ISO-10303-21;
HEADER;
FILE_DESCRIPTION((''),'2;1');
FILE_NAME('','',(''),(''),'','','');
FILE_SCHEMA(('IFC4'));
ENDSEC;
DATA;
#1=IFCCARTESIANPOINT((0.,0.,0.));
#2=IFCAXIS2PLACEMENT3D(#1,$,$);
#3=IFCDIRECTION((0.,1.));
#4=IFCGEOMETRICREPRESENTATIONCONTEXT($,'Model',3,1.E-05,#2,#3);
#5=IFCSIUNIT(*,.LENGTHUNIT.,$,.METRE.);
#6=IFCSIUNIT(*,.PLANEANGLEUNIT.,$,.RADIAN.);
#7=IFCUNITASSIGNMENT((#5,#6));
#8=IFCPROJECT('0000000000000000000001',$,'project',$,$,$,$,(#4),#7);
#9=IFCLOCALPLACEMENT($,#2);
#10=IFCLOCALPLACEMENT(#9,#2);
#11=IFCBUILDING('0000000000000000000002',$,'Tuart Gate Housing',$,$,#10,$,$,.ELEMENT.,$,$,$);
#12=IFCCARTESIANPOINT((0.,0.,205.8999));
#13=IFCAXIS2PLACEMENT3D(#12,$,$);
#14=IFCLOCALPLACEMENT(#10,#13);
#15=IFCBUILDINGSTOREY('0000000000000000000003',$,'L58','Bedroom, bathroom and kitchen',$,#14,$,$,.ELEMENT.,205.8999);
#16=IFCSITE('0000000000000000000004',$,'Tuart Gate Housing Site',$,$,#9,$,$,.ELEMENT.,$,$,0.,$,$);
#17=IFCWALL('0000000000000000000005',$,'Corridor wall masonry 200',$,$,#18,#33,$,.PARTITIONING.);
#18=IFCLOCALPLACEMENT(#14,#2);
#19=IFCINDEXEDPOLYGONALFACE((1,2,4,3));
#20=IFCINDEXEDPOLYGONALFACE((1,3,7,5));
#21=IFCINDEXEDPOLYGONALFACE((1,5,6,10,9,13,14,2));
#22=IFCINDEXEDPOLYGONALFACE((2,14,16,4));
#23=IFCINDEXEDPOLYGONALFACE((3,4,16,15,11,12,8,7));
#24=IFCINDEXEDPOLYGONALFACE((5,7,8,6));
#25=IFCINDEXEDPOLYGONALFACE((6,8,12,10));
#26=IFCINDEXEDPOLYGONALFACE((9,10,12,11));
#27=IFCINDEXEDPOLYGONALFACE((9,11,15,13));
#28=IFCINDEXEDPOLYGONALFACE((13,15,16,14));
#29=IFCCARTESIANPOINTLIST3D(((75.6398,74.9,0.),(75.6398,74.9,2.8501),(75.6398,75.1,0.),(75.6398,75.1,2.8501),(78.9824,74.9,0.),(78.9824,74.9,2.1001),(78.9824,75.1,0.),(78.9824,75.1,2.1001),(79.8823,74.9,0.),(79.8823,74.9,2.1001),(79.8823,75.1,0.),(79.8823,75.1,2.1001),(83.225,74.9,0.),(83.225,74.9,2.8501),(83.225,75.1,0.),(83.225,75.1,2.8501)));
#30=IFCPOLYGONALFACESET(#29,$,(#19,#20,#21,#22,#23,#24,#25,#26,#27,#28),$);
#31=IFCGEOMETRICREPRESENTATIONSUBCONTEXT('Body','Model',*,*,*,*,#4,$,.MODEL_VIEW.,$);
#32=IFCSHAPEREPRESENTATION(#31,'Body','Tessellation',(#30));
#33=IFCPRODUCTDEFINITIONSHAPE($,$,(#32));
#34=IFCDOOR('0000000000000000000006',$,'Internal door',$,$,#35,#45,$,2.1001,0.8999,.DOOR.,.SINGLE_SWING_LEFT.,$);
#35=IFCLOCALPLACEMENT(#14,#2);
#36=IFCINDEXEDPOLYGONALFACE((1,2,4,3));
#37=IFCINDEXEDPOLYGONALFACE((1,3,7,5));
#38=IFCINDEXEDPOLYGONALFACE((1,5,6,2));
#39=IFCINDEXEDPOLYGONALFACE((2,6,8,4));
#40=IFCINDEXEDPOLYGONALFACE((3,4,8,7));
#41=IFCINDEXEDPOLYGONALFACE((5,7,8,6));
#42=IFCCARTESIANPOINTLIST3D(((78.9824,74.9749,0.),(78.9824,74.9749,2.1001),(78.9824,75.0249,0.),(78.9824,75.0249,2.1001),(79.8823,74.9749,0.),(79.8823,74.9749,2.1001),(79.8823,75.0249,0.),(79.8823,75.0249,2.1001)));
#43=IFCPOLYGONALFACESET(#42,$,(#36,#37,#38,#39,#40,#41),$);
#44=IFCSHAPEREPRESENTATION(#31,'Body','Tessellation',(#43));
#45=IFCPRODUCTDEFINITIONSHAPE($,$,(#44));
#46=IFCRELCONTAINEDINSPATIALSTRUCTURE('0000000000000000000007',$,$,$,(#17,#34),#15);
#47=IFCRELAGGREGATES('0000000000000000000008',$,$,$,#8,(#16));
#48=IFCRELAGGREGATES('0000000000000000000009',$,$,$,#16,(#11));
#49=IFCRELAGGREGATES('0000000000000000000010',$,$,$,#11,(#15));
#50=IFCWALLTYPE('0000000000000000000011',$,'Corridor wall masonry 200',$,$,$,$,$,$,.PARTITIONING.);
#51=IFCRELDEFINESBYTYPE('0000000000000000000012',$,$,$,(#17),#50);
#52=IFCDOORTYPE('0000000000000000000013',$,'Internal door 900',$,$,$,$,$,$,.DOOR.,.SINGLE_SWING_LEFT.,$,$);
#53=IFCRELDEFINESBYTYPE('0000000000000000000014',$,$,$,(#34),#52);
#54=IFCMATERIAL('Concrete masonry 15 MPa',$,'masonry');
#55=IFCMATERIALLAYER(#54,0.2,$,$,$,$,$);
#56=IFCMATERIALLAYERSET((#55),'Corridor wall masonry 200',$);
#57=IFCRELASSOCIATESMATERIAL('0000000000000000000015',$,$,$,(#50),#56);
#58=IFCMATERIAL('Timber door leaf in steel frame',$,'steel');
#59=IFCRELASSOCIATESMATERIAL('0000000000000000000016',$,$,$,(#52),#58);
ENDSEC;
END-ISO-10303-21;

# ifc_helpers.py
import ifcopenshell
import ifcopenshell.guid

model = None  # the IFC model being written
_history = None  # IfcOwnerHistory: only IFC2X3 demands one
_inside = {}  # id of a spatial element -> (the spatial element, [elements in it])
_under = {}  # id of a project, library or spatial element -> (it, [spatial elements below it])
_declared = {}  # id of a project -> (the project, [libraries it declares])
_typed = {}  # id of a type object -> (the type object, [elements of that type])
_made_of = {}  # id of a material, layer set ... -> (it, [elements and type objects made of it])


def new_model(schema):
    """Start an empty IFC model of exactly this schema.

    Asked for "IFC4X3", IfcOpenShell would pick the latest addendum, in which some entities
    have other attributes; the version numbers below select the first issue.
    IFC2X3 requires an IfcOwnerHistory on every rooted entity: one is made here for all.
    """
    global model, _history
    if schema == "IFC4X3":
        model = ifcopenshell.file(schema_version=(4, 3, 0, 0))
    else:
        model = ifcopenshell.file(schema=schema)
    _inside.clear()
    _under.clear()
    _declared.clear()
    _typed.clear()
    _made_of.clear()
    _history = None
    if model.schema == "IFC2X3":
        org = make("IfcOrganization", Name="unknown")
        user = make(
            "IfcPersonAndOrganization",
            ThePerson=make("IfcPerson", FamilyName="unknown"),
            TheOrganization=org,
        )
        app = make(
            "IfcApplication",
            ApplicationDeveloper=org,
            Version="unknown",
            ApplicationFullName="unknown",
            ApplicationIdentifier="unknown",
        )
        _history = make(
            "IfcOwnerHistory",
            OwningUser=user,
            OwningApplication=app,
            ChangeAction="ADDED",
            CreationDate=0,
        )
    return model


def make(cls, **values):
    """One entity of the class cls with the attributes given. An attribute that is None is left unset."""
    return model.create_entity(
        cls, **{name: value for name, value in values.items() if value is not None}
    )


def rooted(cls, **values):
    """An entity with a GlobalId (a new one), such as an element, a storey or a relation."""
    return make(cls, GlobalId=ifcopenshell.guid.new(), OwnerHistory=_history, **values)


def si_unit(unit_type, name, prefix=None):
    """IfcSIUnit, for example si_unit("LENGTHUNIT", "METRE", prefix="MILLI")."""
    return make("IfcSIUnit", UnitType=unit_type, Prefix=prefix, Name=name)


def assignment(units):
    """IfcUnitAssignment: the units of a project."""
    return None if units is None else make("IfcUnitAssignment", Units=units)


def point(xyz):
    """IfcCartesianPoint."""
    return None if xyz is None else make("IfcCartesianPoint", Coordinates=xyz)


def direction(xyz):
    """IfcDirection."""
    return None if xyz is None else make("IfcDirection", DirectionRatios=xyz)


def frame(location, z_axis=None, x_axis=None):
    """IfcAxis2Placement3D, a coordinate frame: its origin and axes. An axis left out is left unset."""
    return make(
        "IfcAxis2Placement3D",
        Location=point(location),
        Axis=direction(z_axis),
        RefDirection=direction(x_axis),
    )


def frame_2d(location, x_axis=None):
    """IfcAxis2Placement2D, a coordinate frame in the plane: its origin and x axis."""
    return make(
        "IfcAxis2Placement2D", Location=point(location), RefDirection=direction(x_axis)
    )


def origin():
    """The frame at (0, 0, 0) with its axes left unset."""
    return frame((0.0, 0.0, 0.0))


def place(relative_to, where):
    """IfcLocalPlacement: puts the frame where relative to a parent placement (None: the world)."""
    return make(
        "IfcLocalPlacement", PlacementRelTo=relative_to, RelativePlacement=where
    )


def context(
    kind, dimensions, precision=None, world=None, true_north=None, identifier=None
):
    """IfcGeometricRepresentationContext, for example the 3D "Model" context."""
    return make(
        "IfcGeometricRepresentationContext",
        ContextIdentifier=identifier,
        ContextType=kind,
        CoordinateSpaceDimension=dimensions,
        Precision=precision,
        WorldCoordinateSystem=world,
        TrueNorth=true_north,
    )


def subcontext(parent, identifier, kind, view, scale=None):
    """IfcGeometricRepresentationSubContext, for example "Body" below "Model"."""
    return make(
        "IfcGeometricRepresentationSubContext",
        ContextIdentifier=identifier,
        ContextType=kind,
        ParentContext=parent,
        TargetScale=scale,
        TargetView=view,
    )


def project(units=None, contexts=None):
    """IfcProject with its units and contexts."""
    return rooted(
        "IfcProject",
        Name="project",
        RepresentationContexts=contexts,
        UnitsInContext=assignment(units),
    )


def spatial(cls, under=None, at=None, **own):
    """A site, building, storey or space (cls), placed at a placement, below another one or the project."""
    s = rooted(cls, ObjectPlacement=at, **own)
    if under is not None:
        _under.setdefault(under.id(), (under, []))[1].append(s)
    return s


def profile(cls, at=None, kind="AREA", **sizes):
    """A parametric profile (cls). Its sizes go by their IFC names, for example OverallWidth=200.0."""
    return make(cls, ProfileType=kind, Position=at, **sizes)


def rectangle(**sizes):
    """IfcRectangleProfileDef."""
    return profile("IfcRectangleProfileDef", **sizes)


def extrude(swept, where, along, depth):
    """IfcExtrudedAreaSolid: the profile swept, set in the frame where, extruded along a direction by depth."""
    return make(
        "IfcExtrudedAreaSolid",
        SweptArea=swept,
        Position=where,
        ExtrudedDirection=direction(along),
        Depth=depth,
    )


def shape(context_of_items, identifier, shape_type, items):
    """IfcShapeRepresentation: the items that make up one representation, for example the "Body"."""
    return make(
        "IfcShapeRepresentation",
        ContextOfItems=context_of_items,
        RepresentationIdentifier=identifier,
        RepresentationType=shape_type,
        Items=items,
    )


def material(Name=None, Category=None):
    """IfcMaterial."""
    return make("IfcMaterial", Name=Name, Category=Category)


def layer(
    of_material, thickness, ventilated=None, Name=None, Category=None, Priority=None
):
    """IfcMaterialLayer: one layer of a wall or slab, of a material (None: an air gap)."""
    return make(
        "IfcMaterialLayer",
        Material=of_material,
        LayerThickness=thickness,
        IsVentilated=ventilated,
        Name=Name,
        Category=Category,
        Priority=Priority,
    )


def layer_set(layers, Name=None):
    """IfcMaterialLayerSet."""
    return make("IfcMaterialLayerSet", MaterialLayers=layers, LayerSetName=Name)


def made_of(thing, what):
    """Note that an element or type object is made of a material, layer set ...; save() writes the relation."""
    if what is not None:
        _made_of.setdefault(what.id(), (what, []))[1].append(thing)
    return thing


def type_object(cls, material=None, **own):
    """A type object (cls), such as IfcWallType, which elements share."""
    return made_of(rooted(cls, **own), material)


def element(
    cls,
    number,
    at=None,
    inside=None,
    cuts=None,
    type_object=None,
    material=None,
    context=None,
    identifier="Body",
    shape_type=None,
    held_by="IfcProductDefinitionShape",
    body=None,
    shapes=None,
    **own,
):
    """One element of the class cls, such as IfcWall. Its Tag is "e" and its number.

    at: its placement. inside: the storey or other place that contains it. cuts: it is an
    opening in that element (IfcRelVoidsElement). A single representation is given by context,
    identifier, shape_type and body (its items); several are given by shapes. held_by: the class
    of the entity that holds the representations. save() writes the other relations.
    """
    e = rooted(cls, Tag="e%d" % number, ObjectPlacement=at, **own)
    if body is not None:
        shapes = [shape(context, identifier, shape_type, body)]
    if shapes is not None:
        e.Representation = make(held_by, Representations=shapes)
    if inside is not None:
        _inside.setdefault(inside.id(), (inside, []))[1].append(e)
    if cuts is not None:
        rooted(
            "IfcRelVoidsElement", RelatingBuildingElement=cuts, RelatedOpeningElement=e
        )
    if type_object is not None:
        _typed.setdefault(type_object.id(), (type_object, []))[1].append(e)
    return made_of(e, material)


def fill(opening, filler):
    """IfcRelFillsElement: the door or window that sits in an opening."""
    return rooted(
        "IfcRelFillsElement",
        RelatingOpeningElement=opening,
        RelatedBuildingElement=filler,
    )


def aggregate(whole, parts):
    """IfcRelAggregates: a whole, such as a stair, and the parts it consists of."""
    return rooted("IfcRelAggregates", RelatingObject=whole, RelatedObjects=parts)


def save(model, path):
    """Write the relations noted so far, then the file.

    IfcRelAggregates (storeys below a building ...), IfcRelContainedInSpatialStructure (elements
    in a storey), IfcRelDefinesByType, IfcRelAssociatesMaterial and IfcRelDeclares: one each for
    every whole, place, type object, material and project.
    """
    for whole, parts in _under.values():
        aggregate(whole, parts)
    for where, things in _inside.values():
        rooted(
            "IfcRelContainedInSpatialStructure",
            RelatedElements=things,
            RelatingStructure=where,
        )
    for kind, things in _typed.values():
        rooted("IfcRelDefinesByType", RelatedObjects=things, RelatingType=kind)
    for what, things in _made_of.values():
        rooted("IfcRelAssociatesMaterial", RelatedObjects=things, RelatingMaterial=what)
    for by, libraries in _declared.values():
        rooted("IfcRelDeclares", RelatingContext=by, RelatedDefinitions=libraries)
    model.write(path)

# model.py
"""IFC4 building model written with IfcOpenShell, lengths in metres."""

from ifc_helpers import new_model, si_unit, direction, frame, frame_2d, origin, place, context, subcontext, project, spatial, rectangle, extrude, material, layer, layer_set, type_object, element, fill, save


model = new_model("IFC4")

# Units and contexts
model_context = context("Model", 3, precision=1e-05, world=origin(), true_north=direction((0.0, 1.0)))
body_context = subcontext(model_context, "Body", "Model", "MODEL_VIEW")
ifc_project = project(units=[si_unit("LENGTHUNIT", "METRE"), si_unit("PLANEANGLEUNIT", "RADIAN")], contexts=[model_context])

# Site, building, storey
site_placement = place(None, origin())
site = spatial("IfcSite", under=ifc_project, at=site_placement, Name="Tuart Gate Housing Site", CompositionType="ELEMENT", RefElevation=0.0)
building_placement = place(site_placement, origin())
building = spatial("IfcBuilding", under=site, at=building_placement, Name="Tuart Gate Housing", CompositionType="ELEMENT")
storey_placement = place(building_placement, frame((0.0, 0.0, 205.8999)))
storey = spatial("IfcBuildingStorey", under=building, at=storey_placement, Name="L58", Description="Bedroom, bathroom and kitchen", CompositionType="ELEMENT", Elevation=205.8999)

# Shared definitions
ifc_material_1 = material(Name="Concrete masonry 15 MPa", Category="masonry")
ifc_layer_1 = layer(ifc_material_1, 0.2)
ifc_layer_set_1 = layer_set([ifc_layer_1], Name="Corridor wall masonry 200")
wall_type_1 = type_object("IfcWallType", Name="Corridor wall masonry 200", PredefinedType="PARTITIONING", material=ifc_layer_set_1)

# Wall, opening, door
wall_1_placement = place(storey_placement, frame((75.6399, 75.0, 0.0), z_axis=(0.0, 0.0, 1.0), x_axis=(1.0, 0.0, 0.0)))
wall_1 = element("IfcWall", 1, at=wall_1_placement, inside=storey, type_object=wall_type_1, Name="Corridor wall masonry 200", PredefinedType="PARTITIONING", context=body_context, shape_type="SweptSolid", body=[
    extrude(rectangle(XDim=7.5852, YDim=0.2, at=frame_2d((3.7925, 0.0))), origin(), (0.0, 0.0, 1.0), 2.8501),
])
opening_1_placement = place(wall_1_placement, frame((3.3425, 0.0, 0.0)))
opening_1 = element("IfcOpeningElement", 2, at=opening_1_placement, cuts=wall_1, PredefinedType="OPENING", context=body_context, shape_type="SweptSolid", body=[
    extrude(rectangle(XDim=0.8999, YDim=2.1001, at=frame_2d((0.45, 1.05))), frame((0.0, 0.1099, 0.0), z_axis=(0.0, -1.0, 0.0), x_axis=(1.0, 0.0, 0.0)), (0.0, 0.0, 1.0), 0.22),
])
ifc_material_2 = material(Name="Timber door leaf in steel frame", Category="steel")
door_type_1 = type_object("IfcDoorType", Name="Internal door 900", OperationType="SINGLE_SWING_LEFT", PredefinedType="DOOR", material=ifc_material_2)
door_1_placement = place(opening_1_placement, origin())
door_1 = element("IfcDoor", 3, at=door_1_placement, inside=storey, type_object=door_type_1, Name="Internal door", OperationType="SINGLE_SWING_LEFT", OverallHeight=2.1001, OverallWidth=0.8999, PredefinedType="DOOR", context=body_context, shape_type="SweptSolid", body=[
    extrude(rectangle(XDim=0.8999, YDim=2.1001, at=frame_2d((0.45, 1.05))), frame((0.0, 0.0249, 0.0), z_axis=(0.0, -1.0, 0.0), x_axis=(1.0, 0.0, 0.0)), (0.0, 0.0, 1.0), 0.05),
])
fill(opening_1, door_1)

save(model, "model.ifc")
